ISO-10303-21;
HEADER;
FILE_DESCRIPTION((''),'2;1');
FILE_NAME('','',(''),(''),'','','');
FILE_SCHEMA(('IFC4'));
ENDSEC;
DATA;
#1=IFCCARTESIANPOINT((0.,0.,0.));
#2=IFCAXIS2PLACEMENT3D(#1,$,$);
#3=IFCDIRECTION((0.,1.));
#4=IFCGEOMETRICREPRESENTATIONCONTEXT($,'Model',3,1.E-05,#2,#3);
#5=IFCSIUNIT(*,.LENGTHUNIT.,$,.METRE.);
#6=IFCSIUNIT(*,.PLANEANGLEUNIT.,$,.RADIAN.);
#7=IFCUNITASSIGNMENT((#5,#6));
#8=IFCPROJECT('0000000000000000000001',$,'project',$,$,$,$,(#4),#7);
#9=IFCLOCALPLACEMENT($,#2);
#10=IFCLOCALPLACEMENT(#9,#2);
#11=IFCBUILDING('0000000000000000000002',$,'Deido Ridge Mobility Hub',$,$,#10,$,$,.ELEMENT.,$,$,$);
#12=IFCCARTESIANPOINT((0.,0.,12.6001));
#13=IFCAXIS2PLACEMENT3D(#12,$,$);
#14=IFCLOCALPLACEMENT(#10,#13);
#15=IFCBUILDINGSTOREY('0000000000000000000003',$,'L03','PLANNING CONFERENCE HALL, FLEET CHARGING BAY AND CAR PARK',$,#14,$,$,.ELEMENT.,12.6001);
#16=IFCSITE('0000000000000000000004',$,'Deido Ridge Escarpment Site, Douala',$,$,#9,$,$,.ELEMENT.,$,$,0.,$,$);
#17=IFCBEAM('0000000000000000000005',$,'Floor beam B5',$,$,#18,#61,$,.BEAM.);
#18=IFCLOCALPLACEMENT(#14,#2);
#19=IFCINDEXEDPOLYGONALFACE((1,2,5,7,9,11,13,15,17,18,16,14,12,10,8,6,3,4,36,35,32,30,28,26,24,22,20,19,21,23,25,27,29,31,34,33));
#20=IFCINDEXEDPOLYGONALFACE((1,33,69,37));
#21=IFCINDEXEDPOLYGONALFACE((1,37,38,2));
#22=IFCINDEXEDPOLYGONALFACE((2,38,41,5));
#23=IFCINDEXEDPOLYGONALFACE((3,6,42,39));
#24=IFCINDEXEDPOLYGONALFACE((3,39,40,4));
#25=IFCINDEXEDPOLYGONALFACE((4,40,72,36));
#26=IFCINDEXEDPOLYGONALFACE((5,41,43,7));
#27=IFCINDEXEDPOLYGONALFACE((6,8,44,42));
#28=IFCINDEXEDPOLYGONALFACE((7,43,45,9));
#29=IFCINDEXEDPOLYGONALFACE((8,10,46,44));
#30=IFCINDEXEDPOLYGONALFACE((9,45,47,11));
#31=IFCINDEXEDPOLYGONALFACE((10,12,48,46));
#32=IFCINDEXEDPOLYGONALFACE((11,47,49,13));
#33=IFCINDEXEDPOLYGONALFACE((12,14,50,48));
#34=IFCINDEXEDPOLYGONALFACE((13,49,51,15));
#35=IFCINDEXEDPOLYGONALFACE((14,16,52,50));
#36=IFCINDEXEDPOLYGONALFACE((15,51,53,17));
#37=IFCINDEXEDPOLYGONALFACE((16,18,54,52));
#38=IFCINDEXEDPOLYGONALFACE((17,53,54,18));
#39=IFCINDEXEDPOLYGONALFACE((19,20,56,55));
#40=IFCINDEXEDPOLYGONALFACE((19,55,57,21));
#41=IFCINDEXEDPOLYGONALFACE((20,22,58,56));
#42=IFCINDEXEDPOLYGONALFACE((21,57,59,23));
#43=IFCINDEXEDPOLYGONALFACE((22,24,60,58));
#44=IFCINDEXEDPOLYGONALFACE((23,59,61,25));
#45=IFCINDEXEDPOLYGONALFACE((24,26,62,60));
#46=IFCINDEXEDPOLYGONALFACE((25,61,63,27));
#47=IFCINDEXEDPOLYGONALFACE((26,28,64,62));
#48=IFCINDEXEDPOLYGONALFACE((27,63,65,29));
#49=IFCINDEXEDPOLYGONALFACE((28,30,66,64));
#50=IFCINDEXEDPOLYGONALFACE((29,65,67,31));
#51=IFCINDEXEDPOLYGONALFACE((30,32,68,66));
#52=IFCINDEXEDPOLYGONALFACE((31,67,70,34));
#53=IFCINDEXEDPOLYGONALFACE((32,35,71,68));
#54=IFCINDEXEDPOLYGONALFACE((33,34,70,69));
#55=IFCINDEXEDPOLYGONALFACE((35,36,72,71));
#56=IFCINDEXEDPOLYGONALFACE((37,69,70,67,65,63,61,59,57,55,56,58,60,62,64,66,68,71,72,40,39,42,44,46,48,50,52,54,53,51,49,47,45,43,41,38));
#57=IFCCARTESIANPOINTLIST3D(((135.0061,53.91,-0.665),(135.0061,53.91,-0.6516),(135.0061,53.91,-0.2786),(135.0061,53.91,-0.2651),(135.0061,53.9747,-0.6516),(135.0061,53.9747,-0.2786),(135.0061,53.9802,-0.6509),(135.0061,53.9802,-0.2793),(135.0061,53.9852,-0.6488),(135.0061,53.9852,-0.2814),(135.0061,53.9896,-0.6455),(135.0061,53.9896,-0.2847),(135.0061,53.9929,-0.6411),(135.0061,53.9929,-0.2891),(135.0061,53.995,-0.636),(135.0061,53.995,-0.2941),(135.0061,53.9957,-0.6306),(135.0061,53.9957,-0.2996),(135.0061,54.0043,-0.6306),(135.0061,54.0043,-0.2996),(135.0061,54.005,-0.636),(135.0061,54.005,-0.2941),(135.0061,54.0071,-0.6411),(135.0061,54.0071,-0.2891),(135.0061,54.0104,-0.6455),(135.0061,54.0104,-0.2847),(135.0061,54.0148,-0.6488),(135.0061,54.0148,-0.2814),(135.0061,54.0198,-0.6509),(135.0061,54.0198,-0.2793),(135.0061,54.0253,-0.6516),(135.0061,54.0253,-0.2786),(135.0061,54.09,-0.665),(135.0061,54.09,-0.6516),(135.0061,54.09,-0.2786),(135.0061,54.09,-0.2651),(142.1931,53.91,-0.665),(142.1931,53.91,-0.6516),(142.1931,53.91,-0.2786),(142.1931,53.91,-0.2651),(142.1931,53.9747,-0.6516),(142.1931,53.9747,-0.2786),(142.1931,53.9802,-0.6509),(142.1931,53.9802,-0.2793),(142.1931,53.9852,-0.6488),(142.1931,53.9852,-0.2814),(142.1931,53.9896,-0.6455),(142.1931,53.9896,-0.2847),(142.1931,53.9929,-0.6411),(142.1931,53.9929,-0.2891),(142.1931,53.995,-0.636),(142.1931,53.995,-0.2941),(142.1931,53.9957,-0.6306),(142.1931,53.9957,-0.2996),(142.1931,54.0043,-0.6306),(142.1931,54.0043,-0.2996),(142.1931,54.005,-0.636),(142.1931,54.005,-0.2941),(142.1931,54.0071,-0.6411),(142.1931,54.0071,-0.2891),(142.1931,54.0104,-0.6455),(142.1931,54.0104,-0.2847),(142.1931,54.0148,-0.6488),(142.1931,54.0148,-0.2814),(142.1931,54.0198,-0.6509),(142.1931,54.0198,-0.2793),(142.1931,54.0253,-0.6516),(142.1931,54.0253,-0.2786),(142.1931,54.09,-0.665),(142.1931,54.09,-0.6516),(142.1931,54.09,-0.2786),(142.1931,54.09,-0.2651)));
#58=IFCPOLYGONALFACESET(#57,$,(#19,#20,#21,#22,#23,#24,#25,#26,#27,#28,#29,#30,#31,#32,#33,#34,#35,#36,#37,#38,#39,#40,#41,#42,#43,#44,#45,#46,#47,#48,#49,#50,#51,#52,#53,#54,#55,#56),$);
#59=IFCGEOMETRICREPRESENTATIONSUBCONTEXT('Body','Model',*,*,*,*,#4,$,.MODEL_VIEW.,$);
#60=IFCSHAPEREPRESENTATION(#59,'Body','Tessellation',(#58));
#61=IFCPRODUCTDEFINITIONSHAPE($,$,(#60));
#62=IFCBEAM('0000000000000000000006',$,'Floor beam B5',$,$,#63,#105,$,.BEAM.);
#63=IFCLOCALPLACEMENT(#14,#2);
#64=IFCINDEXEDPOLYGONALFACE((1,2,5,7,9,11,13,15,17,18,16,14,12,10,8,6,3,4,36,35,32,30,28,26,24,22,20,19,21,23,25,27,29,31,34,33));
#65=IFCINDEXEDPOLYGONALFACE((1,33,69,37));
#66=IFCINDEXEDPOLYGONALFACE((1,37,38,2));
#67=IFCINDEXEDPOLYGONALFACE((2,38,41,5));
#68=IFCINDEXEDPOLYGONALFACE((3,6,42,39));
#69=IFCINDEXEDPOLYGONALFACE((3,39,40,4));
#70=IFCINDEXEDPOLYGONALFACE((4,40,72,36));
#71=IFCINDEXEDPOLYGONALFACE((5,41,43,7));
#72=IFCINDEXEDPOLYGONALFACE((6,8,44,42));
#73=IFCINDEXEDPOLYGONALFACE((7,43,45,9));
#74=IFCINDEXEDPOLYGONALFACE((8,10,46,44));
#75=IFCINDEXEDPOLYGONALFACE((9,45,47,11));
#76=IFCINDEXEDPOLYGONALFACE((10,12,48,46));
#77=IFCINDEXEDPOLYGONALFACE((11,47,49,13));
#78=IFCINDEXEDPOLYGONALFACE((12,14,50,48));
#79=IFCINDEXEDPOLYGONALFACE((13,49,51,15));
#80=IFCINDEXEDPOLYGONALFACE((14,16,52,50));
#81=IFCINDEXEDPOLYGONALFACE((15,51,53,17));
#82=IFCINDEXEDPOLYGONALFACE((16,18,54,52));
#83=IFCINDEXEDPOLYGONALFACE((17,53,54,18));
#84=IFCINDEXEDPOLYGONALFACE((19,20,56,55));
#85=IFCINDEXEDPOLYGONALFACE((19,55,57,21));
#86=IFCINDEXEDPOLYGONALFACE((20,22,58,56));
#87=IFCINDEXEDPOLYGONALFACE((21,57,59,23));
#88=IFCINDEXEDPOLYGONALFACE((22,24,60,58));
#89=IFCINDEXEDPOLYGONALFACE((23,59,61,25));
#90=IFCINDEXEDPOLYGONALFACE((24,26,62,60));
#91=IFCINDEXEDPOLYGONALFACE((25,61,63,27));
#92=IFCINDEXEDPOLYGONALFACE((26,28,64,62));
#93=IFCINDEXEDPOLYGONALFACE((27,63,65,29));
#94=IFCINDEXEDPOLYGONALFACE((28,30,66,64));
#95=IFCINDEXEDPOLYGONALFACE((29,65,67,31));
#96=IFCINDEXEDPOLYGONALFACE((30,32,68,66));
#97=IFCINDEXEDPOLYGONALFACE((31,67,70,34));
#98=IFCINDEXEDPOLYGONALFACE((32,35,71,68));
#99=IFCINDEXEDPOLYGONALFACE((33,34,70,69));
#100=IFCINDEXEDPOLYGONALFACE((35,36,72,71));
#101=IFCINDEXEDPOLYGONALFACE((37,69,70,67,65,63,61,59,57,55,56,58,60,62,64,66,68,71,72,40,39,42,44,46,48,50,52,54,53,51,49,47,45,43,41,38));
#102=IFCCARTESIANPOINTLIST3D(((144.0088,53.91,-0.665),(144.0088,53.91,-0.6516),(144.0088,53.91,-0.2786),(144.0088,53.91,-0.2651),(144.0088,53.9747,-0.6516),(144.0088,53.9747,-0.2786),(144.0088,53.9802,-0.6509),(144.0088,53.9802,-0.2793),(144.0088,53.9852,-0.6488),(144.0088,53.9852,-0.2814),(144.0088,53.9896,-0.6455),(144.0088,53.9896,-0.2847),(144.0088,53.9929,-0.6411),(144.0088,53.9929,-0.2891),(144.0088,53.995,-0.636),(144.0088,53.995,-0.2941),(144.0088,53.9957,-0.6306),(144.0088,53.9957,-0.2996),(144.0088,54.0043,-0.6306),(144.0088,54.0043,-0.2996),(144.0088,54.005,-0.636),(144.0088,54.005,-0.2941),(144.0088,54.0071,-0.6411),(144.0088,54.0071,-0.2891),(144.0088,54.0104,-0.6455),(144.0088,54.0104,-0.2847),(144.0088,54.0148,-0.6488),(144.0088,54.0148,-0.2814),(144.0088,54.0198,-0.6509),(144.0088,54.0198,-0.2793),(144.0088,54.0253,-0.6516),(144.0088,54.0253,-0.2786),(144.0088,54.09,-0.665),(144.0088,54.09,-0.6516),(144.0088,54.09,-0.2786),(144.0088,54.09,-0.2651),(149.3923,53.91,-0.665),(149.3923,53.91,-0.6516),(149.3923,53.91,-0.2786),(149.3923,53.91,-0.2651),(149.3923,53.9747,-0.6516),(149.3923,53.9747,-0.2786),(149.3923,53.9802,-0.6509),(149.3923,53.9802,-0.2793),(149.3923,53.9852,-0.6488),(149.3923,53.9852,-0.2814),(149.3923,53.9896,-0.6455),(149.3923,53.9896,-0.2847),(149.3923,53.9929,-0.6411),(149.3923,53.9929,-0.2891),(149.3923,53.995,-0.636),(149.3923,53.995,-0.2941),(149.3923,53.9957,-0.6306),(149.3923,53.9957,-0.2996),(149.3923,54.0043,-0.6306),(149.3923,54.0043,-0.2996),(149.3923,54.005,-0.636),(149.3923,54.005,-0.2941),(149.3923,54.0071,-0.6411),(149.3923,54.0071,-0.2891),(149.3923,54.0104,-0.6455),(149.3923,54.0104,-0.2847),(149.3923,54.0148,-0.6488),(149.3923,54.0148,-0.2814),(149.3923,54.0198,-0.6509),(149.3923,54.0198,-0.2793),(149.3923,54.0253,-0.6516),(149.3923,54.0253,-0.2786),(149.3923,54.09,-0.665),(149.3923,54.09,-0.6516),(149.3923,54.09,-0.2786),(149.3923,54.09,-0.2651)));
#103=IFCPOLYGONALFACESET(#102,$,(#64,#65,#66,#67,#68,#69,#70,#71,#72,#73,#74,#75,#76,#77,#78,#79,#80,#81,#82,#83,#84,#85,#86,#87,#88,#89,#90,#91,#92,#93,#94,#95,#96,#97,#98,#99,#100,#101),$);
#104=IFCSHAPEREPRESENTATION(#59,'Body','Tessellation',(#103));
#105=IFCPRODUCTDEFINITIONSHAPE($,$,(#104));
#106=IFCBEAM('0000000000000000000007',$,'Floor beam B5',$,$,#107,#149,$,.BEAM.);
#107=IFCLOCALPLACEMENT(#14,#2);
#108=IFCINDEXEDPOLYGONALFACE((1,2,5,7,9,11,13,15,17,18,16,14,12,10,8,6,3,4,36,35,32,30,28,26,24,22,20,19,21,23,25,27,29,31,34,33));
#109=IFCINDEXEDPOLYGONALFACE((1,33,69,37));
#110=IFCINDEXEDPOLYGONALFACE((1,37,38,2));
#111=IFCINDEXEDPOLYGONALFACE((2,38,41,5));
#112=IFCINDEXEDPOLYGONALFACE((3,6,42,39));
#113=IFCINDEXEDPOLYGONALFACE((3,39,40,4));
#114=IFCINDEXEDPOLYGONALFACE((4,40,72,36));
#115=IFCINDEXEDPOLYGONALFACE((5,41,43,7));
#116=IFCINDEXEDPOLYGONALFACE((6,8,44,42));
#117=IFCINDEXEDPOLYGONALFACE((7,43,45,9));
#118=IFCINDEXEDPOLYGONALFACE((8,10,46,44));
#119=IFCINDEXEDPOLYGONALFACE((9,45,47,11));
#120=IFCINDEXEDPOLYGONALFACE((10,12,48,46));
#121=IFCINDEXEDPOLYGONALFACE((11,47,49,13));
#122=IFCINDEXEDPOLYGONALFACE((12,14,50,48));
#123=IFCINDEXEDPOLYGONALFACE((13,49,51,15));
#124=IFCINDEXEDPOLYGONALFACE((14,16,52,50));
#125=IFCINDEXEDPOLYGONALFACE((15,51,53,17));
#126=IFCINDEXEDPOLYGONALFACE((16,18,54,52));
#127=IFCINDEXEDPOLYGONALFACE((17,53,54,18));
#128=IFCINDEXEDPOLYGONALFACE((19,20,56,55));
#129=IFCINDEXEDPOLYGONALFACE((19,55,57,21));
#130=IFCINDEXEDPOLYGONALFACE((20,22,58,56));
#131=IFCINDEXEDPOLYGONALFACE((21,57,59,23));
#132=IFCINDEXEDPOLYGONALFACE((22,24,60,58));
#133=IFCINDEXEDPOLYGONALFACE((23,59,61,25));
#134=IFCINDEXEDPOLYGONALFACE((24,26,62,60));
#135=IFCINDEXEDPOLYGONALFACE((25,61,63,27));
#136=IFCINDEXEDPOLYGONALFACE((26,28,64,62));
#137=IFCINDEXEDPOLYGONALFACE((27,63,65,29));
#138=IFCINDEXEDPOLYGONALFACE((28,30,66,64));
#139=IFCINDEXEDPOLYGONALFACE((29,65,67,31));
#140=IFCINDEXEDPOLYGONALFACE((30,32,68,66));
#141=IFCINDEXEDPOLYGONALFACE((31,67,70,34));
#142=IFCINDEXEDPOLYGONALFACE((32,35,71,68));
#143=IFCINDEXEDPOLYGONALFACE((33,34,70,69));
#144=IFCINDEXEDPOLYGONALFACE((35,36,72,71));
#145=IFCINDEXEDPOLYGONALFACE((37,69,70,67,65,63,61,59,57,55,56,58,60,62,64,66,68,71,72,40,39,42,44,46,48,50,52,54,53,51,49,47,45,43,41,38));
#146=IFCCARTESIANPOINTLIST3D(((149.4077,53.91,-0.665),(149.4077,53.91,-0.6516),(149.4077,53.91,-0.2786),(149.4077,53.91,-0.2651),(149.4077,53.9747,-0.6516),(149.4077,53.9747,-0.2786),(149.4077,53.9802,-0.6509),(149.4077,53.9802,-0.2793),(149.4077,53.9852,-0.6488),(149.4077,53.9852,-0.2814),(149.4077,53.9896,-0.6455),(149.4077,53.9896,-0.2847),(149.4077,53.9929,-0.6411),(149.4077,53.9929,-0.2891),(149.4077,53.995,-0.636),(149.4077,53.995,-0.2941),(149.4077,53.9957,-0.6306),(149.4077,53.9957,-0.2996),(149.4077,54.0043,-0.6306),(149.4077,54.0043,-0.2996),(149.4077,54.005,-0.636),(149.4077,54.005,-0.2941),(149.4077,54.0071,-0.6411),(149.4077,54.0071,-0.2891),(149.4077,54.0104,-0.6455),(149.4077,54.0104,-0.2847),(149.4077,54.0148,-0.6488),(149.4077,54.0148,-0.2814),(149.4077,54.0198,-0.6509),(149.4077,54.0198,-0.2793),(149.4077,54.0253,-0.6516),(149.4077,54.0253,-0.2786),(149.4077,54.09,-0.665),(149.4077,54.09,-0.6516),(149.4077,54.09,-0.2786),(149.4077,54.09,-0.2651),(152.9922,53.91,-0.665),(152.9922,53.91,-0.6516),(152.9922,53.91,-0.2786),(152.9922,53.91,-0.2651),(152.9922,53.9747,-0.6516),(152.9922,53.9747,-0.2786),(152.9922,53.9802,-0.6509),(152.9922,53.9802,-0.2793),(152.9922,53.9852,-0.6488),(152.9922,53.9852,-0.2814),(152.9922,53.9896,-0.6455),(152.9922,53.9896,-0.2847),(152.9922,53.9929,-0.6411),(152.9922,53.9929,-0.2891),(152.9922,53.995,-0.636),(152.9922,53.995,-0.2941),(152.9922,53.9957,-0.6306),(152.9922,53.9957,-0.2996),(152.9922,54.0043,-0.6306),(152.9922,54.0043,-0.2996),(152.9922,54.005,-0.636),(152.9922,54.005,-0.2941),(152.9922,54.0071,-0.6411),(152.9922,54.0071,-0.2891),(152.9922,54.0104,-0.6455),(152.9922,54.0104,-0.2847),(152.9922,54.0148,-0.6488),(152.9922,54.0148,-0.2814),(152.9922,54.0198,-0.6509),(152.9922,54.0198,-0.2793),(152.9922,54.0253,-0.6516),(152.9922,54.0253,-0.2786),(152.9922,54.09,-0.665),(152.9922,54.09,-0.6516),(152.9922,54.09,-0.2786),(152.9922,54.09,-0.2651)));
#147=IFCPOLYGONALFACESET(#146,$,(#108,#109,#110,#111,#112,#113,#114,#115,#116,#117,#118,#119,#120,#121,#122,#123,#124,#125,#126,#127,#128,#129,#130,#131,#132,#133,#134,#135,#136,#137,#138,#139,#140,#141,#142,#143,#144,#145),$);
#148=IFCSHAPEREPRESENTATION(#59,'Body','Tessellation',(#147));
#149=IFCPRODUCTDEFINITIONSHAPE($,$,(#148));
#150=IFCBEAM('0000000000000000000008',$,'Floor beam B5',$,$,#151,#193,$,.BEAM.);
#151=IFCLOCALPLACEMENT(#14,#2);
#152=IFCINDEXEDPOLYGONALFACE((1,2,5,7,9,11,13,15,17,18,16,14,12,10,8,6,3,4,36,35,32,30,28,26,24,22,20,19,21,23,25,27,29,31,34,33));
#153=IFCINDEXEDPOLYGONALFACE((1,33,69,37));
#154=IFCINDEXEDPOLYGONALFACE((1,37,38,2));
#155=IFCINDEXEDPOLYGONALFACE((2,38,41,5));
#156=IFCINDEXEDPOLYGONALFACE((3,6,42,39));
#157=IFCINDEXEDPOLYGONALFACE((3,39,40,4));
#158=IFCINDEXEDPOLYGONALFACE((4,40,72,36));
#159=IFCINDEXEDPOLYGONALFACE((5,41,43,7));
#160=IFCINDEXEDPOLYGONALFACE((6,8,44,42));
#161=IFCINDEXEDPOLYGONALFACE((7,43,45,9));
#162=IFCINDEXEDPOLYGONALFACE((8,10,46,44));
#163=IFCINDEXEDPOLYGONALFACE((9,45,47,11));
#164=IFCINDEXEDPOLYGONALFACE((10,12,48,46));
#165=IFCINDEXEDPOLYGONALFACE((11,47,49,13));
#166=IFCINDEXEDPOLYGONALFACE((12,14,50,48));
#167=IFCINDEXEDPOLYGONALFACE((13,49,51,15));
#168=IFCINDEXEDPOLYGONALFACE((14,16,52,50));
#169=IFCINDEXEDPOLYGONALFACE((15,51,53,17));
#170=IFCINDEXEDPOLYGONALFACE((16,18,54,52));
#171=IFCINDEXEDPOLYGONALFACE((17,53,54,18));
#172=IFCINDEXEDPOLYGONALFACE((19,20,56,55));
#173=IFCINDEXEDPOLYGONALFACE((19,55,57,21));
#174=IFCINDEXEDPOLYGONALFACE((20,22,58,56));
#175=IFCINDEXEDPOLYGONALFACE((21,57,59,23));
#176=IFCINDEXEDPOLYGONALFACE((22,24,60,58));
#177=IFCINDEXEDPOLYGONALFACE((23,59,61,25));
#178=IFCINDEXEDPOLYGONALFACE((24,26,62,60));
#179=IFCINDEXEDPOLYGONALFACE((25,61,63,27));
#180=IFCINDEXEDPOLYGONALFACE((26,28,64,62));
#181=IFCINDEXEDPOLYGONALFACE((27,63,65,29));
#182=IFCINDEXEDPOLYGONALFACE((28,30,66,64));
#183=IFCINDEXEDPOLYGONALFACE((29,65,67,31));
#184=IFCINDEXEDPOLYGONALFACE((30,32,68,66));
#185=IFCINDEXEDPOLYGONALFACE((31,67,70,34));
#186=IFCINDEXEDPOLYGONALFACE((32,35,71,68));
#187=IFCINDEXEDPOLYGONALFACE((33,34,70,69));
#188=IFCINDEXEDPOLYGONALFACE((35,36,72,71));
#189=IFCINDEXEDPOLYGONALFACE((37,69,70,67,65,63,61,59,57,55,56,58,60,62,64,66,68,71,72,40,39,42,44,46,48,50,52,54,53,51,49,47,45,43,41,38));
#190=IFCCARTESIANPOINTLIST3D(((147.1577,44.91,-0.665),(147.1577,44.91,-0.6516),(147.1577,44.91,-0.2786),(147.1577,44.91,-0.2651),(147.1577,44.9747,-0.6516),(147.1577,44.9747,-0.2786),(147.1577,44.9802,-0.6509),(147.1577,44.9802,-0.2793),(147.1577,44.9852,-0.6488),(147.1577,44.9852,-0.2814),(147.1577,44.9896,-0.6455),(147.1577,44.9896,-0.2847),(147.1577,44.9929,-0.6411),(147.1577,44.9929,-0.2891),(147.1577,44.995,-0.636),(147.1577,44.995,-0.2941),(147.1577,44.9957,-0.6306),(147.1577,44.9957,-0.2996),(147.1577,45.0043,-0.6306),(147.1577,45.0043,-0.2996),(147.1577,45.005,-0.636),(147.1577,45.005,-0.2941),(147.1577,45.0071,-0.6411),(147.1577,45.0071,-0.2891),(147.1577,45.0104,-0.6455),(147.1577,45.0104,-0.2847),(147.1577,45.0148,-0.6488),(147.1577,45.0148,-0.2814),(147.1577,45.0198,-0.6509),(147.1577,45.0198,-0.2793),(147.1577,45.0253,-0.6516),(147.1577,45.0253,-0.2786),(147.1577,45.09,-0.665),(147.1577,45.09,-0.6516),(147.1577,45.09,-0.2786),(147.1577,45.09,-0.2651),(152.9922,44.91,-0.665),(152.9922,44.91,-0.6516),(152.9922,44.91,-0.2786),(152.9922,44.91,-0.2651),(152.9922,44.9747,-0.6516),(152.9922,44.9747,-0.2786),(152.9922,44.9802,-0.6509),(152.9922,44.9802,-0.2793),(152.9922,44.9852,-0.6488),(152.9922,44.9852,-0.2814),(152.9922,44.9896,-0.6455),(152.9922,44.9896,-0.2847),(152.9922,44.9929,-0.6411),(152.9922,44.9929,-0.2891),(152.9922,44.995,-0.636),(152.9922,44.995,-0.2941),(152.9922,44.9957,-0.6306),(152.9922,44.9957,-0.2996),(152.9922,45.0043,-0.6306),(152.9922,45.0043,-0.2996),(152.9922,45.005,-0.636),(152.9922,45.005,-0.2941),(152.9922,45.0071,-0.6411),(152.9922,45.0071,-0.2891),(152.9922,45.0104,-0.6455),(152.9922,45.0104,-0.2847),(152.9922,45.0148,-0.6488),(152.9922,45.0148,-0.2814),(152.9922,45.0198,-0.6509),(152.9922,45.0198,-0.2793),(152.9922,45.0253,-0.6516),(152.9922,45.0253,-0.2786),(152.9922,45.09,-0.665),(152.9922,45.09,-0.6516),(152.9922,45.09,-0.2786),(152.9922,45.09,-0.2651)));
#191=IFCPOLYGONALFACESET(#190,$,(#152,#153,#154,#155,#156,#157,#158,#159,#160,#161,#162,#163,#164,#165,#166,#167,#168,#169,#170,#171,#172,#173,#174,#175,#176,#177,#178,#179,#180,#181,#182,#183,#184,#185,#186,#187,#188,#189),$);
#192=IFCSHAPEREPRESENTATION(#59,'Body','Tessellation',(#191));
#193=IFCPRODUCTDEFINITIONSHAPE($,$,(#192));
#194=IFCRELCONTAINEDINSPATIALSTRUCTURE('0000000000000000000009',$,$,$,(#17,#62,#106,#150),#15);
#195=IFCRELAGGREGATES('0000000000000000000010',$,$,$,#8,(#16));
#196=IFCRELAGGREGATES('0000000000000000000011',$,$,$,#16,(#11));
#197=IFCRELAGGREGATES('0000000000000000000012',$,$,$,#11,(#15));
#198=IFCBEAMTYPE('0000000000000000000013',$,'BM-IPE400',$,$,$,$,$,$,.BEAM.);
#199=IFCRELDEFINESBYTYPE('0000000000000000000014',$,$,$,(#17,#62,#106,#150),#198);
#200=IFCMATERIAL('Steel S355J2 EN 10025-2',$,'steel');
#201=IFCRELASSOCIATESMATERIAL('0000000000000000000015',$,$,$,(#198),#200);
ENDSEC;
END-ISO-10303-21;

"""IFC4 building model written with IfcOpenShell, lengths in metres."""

from ifc_helpers import new_model, si_unit, direction, frame, origin, origin_2d, place, context, subcontext, project, spatial, i_section, extrude, material, material_profile, profile_set, type_object, element, save


model = new_model("IFC4")

# Units and contexts
model_context = context("Model", 3, precision=1e-05, world=origin(), true_north=direction((0.0, 1.0)))
body_context = subcontext(model_context, "Body", "Model", "MODEL_VIEW")
ifc_project = project(units=[si_unit("LENGTHUNIT", "METRE"), si_unit("PLANEANGLEUNIT", "RADIAN")], contexts=[model_context])

# Site, building, storey
site_placement = place(None, origin())
site = spatial("IfcSite", under=ifc_project, at=site_placement, Name="Deido Ridge Escarpment Site, Douala", CompositionType="ELEMENT", RefElevation=0.0)
building_placement = place(site_placement, origin())
building = spatial("IfcBuilding", under=site, at=building_placement, Name="Deido Ridge Mobility Hub", CompositionType="ELEMENT")
storey_placement = place(building_placement, frame((0.0, 0.0, 12.6001)))
storey = spatial("IfcBuildingStorey", under=building, at=storey_placement, Name="L03", Description="PLANNING CONFERENCE HALL, FLEET CHARGING BAY AND CAR PARK", CompositionType="ELEMENT", Elevation=12.6001)

# Shared definitions
ifc_material_1 = material(Name="Steel S355J2 EN 10025-2", Category="steel")

# Beams
ifc_material_profile_1 = material_profile(ifc_material_1, i_section(OverallWidth=0.1799, OverallDepth=0.3999, WebThickness=0.0085, FlangeThickness=0.0134, FilletRadius=0.021, at=origin_2d()), Name="IPE 400")
ifc_profile_set_1 = profile_set([ifc_material_profile_1], Name="Steel S355J2 EN 10025-2")
beam_type_1 = type_object("IfcBeamType", Name="BM-IPE400", PredefinedType="BEAM", material=ifc_profile_set_1)
beam_1_placement = place(storey_placement, frame((135.0061, 54.0, -0.4651), z_axis=(1.0, 0.0, 0.0), x_axis=(0.0, 1.0, 0.0)))
element("IfcBeam", 1, at=beam_1_placement, inside=storey, type_object=beam_type_1, Name="Floor beam B5", PredefinedType="BEAM", context=body_context, shape_type="SweptSolid", body=[
    extrude(i_section(OverallWidth=0.1799, OverallDepth=0.3999, WebThickness=0.0085, FlangeThickness=0.0134, FilletRadius=0.021, at=origin_2d()), origin(), (0.0, 0.0, 1.0), 7.187),
])
beam_2_placement = place(storey_placement, frame((144.0088, 54.0, -0.4651), z_axis=(1.0, 0.0, 0.0), x_axis=(0.0, 1.0, 0.0)))
element("IfcBeam", 2, at=beam_2_placement, inside=storey, type_object=beam_type_1, Name="Floor beam B5", PredefinedType="BEAM", context=body_context, shape_type="SweptSolid", body=[
    extrude(i_section(OverallWidth=0.1799, OverallDepth=0.3999, WebThickness=0.0085, FlangeThickness=0.0134, FilletRadius=0.021, at=origin_2d()), origin(), (0.0, 0.0, 1.0), 5.3835),
])
beam_3_placement = place(storey_placement, frame((149.4077, 54.0, -0.4651), z_axis=(1.0, 0.0, 0.0), x_axis=(0.0, 1.0, 0.0)))
element("IfcBeam", 3, at=beam_3_placement, inside=storey, type_object=beam_type_1, Name="Floor beam B5", PredefinedType="BEAM", context=body_context, shape_type="SweptSolid", body=[
    extrude(i_section(OverallWidth=0.1799, OverallDepth=0.3999, WebThickness=0.0085, FlangeThickness=0.0134, FilletRadius=0.021, at=origin_2d()), origin(), (0.0, 0.0, 1.0), 3.5845),
])
beam_4_placement = place(storey_placement, frame((147.1577, 45.0, -0.4651), z_axis=(1.0, 0.0, 0.0), x_axis=(0.0, 1.0, 0.0)))
element("IfcBeam", 4, at=beam_4_placement, inside=storey, type_object=beam_type_1, Name="Floor beam B5", PredefinedType="BEAM", context=body_context, shape_type="SweptSolid", body=[
    extrude(i_section(OverallWidth=0.1799, OverallDepth=0.3999, WebThickness=0.0085, FlangeThickness=0.0134, FilletRadius=0.021, at=origin_2d()), origin(), (0.0, 0.0, 1.0), 5.8345),
])

save(model, "model.ifc")
